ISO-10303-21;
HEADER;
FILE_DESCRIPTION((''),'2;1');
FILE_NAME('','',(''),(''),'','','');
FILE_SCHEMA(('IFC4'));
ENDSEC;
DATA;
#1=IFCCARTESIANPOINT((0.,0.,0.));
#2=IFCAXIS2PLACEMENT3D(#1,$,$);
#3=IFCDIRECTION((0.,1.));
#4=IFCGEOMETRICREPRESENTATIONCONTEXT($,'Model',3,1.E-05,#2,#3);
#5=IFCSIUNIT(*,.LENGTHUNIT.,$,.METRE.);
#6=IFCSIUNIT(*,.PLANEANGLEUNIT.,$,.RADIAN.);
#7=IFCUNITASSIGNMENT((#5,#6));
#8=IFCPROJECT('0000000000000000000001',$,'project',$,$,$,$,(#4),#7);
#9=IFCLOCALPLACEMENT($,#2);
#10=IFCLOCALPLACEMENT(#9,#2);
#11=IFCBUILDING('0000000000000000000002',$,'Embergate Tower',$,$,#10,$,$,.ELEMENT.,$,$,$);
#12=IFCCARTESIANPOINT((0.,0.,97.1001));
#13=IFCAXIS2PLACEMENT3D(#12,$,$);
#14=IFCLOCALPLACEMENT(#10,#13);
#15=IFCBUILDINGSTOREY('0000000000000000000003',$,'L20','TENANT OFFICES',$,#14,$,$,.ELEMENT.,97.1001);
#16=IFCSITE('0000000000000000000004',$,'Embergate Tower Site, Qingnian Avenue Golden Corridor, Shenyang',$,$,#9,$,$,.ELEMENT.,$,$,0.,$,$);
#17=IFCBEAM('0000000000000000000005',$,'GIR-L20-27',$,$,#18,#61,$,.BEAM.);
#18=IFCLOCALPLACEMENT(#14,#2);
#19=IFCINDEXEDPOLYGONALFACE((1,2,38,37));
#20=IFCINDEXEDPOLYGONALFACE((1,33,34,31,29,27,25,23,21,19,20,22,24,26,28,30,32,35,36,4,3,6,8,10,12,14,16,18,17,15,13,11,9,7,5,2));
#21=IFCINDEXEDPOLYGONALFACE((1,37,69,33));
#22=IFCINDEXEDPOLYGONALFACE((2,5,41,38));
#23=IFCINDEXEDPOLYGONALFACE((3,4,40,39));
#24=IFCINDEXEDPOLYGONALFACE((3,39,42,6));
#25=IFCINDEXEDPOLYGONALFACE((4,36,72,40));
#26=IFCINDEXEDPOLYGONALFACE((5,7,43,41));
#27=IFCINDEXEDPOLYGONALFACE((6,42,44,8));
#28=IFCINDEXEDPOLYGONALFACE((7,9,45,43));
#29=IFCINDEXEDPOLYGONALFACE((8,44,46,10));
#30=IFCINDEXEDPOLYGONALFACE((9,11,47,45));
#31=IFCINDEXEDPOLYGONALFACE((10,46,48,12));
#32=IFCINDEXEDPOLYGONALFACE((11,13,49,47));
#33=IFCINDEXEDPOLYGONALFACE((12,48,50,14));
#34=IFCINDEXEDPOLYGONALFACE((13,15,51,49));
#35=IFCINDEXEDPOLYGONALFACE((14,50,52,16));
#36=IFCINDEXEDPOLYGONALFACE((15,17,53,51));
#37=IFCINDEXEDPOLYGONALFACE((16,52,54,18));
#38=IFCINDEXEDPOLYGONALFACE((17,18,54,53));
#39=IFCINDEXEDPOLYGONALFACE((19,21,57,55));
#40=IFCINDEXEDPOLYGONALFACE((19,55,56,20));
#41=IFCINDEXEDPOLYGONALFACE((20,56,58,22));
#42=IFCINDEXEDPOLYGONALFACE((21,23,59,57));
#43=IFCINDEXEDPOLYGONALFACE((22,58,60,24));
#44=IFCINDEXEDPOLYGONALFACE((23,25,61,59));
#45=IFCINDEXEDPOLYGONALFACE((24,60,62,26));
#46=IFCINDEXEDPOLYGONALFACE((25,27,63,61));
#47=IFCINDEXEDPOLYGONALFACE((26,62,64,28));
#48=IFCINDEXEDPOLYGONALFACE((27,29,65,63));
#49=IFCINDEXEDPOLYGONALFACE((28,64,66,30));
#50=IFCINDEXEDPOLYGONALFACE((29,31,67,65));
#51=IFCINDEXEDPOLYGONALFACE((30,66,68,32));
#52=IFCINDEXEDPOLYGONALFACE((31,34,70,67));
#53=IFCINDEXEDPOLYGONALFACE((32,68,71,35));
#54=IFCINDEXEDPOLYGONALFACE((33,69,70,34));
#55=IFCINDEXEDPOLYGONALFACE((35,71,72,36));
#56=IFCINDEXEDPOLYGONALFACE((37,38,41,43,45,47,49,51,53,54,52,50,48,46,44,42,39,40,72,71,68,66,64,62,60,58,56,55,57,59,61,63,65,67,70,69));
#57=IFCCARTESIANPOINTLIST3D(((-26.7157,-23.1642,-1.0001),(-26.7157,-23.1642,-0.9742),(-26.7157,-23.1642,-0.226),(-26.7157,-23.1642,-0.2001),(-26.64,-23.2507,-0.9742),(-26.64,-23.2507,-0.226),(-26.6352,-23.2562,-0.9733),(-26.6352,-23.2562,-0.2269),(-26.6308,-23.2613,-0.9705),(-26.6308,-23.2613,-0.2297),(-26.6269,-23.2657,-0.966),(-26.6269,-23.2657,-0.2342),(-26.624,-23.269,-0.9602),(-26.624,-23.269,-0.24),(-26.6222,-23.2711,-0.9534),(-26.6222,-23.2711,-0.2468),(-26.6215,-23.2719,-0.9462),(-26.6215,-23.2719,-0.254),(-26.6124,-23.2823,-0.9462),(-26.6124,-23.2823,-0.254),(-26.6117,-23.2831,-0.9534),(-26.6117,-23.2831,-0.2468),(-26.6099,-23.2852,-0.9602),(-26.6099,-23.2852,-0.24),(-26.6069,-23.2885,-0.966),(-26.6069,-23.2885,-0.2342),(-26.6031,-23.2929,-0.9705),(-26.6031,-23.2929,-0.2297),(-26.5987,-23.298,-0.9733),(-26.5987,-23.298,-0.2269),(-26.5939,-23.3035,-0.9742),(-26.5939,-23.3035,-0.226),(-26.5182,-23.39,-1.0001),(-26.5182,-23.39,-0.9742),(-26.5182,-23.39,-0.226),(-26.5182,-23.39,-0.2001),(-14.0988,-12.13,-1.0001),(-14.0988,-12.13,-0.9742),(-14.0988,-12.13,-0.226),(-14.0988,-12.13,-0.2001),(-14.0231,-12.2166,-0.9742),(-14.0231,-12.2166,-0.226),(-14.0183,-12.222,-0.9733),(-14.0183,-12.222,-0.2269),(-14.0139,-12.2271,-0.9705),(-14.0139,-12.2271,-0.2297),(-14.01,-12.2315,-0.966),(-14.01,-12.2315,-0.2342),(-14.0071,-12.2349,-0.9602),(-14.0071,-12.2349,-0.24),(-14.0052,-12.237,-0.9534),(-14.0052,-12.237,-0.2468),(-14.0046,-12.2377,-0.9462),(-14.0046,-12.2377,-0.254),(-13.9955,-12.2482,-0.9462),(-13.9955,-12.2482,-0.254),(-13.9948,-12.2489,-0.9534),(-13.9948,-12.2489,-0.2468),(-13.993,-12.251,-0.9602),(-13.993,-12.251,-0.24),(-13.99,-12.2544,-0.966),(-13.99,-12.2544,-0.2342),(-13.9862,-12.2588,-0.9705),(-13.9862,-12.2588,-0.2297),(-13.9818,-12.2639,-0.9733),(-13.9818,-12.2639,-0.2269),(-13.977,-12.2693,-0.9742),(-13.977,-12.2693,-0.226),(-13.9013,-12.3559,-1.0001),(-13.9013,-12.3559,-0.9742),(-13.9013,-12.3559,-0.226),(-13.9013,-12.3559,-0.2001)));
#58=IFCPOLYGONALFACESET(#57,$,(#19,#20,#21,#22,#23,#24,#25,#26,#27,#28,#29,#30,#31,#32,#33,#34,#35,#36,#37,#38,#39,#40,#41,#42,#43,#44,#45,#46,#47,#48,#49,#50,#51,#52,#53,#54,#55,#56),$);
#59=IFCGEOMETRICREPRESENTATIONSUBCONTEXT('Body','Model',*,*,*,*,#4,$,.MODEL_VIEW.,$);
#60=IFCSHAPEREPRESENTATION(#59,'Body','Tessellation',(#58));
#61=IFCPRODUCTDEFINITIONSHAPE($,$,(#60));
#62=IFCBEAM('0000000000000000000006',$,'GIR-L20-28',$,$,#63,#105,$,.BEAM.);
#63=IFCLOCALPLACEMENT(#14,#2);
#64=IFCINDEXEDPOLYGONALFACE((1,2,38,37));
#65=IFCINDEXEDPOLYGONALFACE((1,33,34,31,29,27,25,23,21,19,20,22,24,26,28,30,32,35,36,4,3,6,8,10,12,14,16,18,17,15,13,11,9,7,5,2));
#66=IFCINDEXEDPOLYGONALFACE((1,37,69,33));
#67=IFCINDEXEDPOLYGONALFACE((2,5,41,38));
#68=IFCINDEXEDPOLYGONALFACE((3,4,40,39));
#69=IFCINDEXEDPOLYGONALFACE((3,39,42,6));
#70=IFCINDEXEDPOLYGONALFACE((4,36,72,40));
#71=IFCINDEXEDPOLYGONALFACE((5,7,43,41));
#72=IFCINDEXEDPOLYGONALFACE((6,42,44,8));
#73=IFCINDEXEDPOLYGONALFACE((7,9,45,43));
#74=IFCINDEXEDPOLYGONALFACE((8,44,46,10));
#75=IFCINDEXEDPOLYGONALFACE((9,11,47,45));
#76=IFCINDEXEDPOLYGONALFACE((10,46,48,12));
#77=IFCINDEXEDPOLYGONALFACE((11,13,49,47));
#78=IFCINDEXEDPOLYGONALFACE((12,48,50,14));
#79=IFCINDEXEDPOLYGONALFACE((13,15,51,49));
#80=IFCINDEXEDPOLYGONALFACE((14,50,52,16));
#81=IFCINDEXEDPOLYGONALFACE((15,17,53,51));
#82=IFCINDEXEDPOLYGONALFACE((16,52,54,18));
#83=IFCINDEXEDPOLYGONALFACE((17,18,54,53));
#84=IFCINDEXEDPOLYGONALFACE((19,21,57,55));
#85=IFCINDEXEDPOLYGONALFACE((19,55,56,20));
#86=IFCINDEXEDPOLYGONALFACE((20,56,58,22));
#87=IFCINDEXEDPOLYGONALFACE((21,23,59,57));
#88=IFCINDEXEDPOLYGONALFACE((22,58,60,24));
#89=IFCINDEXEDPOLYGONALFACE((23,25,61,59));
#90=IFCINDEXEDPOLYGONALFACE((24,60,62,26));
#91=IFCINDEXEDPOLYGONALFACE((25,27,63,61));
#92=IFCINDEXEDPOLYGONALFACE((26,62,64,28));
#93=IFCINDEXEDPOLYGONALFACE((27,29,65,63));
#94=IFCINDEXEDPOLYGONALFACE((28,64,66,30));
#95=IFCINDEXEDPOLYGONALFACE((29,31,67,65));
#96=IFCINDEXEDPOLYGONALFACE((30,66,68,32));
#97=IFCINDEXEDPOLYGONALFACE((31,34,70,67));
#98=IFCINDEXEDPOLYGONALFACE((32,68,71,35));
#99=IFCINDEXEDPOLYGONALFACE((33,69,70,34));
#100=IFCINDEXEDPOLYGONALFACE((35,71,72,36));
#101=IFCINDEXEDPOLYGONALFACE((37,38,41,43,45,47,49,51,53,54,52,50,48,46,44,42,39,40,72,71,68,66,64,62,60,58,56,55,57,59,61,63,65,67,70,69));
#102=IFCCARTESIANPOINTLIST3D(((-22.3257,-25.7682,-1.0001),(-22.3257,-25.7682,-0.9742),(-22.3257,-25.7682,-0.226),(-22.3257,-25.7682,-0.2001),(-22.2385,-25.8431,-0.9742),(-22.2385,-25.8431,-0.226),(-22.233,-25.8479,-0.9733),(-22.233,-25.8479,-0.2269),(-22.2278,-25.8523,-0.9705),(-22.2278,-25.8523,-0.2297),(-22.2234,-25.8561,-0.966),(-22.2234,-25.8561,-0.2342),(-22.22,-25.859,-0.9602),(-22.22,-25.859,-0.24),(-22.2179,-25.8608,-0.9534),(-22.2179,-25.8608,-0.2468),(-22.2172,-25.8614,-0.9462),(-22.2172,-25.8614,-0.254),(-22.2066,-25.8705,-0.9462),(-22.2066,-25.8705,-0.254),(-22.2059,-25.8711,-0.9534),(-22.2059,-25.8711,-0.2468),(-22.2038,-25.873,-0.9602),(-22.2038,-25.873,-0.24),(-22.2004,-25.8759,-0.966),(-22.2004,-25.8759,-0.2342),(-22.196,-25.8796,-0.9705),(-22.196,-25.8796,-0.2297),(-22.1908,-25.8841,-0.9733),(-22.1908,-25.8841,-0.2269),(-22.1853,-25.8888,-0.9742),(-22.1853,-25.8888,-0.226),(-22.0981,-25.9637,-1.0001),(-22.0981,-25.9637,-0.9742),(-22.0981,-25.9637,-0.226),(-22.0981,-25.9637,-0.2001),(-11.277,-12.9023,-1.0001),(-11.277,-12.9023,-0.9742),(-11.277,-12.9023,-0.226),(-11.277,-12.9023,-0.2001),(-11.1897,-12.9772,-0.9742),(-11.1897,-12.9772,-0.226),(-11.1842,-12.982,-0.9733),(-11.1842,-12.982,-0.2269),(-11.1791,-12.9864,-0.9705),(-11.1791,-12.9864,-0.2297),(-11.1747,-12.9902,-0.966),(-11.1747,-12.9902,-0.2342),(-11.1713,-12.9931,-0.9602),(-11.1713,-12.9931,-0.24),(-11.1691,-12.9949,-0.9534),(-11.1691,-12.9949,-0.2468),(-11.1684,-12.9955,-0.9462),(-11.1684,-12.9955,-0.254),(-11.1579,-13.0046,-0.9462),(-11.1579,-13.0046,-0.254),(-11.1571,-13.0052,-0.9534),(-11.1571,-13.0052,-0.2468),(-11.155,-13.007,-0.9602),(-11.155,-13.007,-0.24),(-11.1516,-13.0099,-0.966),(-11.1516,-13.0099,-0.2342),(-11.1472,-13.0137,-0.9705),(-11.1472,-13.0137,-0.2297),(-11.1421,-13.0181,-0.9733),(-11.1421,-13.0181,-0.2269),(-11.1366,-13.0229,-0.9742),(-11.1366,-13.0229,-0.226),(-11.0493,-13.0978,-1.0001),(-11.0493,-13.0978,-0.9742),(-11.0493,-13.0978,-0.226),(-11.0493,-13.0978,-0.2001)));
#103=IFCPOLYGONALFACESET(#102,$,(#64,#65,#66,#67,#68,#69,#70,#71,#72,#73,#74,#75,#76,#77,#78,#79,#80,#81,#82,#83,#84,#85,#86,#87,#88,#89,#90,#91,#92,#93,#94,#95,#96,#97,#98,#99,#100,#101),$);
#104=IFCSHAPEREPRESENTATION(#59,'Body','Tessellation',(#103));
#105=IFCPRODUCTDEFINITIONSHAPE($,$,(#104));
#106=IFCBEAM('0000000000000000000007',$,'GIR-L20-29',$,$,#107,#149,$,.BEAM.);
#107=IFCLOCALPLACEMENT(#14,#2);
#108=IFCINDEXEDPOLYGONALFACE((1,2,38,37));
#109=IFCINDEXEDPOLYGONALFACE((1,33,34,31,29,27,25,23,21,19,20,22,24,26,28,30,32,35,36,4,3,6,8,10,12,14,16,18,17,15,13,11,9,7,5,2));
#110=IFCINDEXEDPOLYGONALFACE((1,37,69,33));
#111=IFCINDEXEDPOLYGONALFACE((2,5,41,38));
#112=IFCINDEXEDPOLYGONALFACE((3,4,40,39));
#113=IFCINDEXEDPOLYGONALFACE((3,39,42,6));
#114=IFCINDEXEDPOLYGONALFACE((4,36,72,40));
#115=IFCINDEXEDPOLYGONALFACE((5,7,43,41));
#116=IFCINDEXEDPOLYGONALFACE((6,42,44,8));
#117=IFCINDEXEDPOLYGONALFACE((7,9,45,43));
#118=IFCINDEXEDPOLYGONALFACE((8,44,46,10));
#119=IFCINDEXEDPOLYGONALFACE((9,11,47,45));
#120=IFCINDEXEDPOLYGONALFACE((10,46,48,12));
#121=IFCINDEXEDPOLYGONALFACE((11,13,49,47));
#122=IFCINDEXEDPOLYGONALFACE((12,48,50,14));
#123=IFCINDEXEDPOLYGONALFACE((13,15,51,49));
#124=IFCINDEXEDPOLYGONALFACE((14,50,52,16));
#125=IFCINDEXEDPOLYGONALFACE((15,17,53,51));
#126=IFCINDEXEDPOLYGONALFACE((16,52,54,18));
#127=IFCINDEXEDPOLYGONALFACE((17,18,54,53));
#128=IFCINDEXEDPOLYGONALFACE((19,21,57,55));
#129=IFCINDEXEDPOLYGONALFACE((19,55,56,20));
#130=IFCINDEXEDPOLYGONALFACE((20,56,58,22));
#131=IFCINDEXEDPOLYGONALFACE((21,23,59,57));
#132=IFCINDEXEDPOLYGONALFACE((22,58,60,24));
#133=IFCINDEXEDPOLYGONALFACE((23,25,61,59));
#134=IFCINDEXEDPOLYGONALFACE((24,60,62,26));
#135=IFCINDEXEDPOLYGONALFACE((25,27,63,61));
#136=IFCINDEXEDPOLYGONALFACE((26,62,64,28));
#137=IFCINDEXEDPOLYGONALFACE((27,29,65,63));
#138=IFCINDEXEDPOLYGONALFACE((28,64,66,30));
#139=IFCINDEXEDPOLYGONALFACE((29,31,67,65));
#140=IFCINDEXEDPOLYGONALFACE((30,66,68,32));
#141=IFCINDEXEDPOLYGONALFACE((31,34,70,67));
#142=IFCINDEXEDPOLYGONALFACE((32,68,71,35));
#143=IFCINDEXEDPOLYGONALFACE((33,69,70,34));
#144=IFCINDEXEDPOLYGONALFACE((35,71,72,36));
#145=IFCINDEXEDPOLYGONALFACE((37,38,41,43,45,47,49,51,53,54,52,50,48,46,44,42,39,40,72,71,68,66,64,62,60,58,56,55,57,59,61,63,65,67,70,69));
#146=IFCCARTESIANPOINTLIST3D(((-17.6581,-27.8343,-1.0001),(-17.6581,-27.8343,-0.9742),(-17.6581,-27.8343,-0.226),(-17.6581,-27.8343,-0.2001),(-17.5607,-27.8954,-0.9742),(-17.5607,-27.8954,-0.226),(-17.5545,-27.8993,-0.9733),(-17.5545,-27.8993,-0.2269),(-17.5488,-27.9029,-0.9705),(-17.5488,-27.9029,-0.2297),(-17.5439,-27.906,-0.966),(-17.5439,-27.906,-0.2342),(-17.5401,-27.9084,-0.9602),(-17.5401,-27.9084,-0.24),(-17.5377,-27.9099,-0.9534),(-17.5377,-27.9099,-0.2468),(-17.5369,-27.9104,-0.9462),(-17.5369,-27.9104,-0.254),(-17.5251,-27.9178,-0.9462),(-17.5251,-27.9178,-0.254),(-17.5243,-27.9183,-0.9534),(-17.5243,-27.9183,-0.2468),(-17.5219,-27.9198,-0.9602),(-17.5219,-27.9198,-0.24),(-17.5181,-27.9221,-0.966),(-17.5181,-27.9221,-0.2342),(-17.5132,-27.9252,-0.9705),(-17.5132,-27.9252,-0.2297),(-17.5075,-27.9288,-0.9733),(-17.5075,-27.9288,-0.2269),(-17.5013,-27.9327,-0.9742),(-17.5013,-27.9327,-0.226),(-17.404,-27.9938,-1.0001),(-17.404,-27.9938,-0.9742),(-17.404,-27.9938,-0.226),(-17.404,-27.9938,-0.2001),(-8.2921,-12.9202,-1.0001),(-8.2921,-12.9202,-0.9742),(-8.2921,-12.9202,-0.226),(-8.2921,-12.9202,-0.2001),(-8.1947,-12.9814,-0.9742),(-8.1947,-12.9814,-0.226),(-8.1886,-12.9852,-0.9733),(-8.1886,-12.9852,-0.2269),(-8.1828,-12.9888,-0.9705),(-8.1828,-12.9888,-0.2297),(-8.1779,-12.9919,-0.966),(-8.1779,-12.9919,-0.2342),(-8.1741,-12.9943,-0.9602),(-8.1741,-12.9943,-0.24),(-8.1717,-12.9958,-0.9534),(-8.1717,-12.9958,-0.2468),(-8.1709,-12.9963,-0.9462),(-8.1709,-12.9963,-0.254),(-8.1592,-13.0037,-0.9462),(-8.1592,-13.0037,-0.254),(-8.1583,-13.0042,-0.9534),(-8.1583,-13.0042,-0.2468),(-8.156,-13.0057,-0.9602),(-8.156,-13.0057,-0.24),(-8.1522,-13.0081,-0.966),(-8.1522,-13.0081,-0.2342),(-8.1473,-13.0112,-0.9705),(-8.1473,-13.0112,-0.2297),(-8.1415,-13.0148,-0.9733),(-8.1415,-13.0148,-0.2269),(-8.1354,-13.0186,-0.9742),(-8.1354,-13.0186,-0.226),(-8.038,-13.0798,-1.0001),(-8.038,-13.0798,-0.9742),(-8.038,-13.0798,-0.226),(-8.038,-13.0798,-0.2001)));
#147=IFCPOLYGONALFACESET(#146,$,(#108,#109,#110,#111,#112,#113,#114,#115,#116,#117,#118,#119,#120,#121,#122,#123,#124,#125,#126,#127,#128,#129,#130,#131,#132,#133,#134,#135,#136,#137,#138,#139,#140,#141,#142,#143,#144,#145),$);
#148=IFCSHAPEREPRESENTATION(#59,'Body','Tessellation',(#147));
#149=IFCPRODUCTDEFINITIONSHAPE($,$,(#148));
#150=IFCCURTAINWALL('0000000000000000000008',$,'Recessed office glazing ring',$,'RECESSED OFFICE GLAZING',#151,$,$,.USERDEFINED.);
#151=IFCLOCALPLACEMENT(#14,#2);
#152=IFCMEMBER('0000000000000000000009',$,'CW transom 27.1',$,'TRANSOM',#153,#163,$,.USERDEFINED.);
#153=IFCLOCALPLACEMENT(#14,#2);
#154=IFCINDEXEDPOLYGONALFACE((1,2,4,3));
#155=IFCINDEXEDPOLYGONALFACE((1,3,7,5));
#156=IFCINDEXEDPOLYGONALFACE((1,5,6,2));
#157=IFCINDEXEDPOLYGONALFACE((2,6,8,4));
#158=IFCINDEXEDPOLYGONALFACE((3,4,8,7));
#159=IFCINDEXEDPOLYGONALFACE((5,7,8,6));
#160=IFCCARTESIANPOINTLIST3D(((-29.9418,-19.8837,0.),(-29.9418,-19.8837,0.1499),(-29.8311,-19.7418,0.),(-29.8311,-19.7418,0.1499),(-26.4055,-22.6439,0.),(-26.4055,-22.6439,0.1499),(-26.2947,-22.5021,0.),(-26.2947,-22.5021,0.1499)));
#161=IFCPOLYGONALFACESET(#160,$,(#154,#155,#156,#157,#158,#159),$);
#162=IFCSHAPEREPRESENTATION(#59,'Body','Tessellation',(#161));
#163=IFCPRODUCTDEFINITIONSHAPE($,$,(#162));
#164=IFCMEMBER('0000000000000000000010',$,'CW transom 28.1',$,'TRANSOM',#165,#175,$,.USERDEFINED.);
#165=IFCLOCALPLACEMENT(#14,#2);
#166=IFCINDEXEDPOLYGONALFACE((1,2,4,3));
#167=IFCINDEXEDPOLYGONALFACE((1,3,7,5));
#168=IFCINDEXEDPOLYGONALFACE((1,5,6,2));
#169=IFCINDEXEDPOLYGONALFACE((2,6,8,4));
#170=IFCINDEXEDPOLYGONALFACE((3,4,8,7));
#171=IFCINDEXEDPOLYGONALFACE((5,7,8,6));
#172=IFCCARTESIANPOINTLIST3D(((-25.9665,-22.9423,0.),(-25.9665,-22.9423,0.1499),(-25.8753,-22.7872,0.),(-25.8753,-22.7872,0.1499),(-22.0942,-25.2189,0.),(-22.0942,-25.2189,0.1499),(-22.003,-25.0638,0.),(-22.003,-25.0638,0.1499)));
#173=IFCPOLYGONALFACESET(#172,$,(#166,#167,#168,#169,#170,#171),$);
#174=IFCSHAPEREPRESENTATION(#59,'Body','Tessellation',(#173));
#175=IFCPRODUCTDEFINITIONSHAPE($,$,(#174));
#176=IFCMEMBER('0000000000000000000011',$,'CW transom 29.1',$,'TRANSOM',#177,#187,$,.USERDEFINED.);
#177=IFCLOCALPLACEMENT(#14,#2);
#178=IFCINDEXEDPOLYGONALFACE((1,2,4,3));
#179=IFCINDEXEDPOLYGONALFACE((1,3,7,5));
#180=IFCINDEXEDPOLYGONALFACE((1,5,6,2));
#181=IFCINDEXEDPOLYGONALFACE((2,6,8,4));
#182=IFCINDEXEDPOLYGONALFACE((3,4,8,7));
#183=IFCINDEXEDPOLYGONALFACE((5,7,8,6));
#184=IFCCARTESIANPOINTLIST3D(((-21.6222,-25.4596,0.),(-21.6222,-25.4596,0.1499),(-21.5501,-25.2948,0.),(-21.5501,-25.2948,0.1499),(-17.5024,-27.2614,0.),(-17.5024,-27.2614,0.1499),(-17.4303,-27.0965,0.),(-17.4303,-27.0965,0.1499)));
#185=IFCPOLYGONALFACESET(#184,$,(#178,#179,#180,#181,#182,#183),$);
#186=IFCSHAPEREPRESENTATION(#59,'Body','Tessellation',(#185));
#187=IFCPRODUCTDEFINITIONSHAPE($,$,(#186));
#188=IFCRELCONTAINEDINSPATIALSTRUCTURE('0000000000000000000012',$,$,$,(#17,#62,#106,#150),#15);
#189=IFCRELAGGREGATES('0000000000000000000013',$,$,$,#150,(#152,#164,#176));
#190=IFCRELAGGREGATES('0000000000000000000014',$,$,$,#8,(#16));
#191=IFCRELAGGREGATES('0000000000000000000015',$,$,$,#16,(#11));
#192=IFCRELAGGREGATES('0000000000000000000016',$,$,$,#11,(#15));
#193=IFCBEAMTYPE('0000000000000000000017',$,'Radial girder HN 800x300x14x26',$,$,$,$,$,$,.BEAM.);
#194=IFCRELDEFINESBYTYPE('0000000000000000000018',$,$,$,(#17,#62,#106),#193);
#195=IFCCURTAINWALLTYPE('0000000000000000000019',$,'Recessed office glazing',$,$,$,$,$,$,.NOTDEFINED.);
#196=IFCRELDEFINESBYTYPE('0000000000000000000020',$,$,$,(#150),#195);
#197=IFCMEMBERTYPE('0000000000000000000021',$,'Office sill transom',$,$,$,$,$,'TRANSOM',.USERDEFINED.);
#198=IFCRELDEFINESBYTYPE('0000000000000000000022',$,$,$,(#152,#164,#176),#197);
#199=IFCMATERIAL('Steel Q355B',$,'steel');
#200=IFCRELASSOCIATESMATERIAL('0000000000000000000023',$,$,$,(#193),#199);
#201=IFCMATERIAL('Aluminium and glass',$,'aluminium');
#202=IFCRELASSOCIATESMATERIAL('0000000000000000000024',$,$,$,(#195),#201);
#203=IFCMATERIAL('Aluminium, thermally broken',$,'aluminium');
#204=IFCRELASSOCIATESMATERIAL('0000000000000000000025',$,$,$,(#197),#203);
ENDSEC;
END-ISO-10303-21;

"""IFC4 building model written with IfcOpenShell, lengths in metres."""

from ifc_helpers import new_model, si_unit, direction, frame, origin, origin_2d, place, context, subcontext, project, spatial, rectangle, i_section, extrude, source, transform, mapped, material, material_profile, profile_set, type_object, element, aggregate, save


model = new_model("IFC4")

# Units and contexts
model_context = context("Model", 3, precision=1e-05, world=origin(), true_north=direction((0.0, 1.0)))
body_context = subcontext(model_context, "Body", "Model", "MODEL_VIEW")
ifc_project = project(units=[si_unit("LENGTHUNIT", "METRE"), si_unit("PLANEANGLEUNIT", "RADIAN")], contexts=[model_context])

# Site, building, storey
site_placement = place(None, origin())
site = spatial("IfcSite", under=ifc_project, at=site_placement, Name="Embergate Tower Site, Qingnian Avenue Golden Corridor, Shenyang", CompositionType="ELEMENT", RefElevation=0.0)
building_placement = place(site_placement, origin())
building = spatial("IfcBuilding", under=site, at=building_placement, Name="Embergate Tower", CompositionType="ELEMENT")
storey_placement = place(building_placement, frame((0.0, 0.0, 97.1001)))
storey = spatial("IfcBuildingStorey", under=building, at=storey_placement, Name="L20", Description="TENANT OFFICES", CompositionType="ELEMENT", Elevation=97.1001)

# Beams
ifc_material_1 = material(Name="Steel Q355B", Category="steel")
ifc_material_profile_1 = material_profile(ifc_material_1, i_section(OverallWidth=0.3, OverallDepth=0.8, WebThickness=0.0139, FlangeThickness=0.0259, FilletRadius=0.0281, at=origin_2d()), Name="HN 800x300x14x26")
ifc_profile_set_1 = profile_set([ifc_material_profile_1], Name="Steel Q355 grade B")
beam_type_1 = type_object("IfcBeamType", Name="Radial girder HN 800x300x14x26", PredefinedType="BEAM", material=ifc_profile_set_1)
shared_shape_1 = source(origin(), body_context, "Body", "SweptSolid", [
    extrude(i_section(OverallWidth=0.3, OverallDepth=0.8, WebThickness=0.0139, FlangeThickness=0.0259, FilletRadius=0.0281, at=origin_2d()), origin(), (0.0, 0.0, 1.0), 16.7612),
])
beam_1_placement = place(storey_placement, frame((-26.6169, -23.2771, -0.6001), z_axis=(0.752744, 0.658314, 0.0), x_axis=(-0.658314, 0.752744, 0.0)))
element("IfcBeam", 1, at=beam_1_placement, inside=storey, type_object=beam_type_1, Name="GIR-L20-27", PredefinedType="BEAM", context=body_context, shape_type="MappedRepresentation", body=[
    mapped(shared_shape_1, transform((0.0, 0.0, 0.0))),
])
shared_shape_2 = source(origin(), body_context, "Body", "SweptSolid", [
    extrude(i_section(OverallWidth=0.3, OverallDepth=0.8, WebThickness=0.0139, FlangeThickness=0.0259, FilletRadius=0.0281, at=origin_2d()), origin(), (0.0, 0.0, 1.0), 16.959),
])
beam_2_placement = place(storey_placement, frame((-22.2119, -25.866, -0.6001), z_axis=(0.6515, 0.758649, 0.0), x_axis=(-0.758649, 0.6515, 0.0)))
element("IfcBeam", 2, at=beam_2_placement, inside=storey, type_object=beam_type_1, Name="GIR-L20-28", PredefinedType="BEAM", context=body_context, shape_type="MappedRepresentation", body=[
    mapped(shared_shape_2, transform((0.0, 0.0, 0.0))),
])
shared_shape_3 = source(origin(), body_context, "Body", "SweptSolid", [
    extrude(i_section(OverallWidth=0.3, OverallDepth=0.8, WebThickness=0.0139, FlangeThickness=0.0259, FilletRadius=0.0281, at=origin_2d()), origin(), (0.0, 0.0, 1.0), 17.6111),
])
beam_3_placement = place(storey_placement, frame((-17.531, -27.9141, -0.6001), z_axis=(0.531822, 0.846856, 0.0), x_axis=(-0.846856, 0.531822, 0.0)))
element("IfcBeam", 3, at=beam_3_placement, inside=storey, type_object=beam_type_1, Name="GIR-L20-29", PredefinedType="BEAM", context=body_context, shape_type="MappedRepresentation", body=[
    mapped(shared_shape_3, transform((0.0, 0.0, 0.0))),
])

# Curtain wall, members
ifc_material_2 = material(Name="Aluminium and glass", Category="aluminium")
curtain_wall_type = type_object("IfcCurtainWallType", Name="Recessed office glazing", PredefinedType="NOTDEFINED", material=ifc_material_2)
curtain_wall_placement = place(storey_placement, origin())
curtain_wall = element("IfcCurtainWall", 4, at=curtain_wall_placement, inside=storey, type_object=curtain_wall_type, Name="Recessed office glazing ring", ObjectType="RECESSED OFFICE GLAZING", PredefinedType="USERDEFINED")
ifc_material_3 = material(Name="Aluminium, thermally broken", Category="aluminium")
ifc_material_profile_2 = material_profile(ifc_material_3, rectangle(XDim=0.1799, YDim=0.1499, at=origin_2d()), Name="AL 150x180")
ifc_profile_set_2 = profile_set([ifc_material_profile_2], Name="Aluminium, thermally broken")
member_type_1 = type_object("IfcMemberType", Name="Office sill transom", ElementType="TRANSOM", PredefinedType="USERDEFINED", material=ifc_profile_set_2)
shared_shape_4 = source(origin(), body_context, "Body", "SweptSolid", [
    extrude(rectangle(XDim=0.1799, YDim=0.1499, at=origin_2d()), origin(), (0.0, 0.0, 1.0), 4.4861),
])
member_1_placement = place(storey_placement, frame((-29.8865, -19.8127, 0.075), z_axis=(0.788299, -0.615292, 0.0), x_axis=(0.615292, 0.788299, 0.0)))
member_1 = element("IfcMember", 5, at=member_1_placement, type_object=member_type_1, Name="CW transom 27.1", ObjectType="TRANSOM", PredefinedType="USERDEFINED", context=body_context, shape_type="MappedRepresentation", body=[
    mapped(shared_shape_4, transform((0.0, 0.0, 0.0))),
])
shared_shape_5 = source(origin(), body_context, "Body", "SweptSolid", [
    extrude(rectangle(XDim=0.1799, YDim=0.1499, at=origin_2d()), origin(), (0.0, 0.0, 1.0), 4.4919),
])
member_2_placement = place(storey_placement, frame((-25.9209, -22.8647, 0.075), z_axis=(0.862053, -0.506818, 0.0), x_axis=(0.506818, 0.862053, 0.0)))
member_2 = element("IfcMember", 6, at=member_2_placement, type_object=member_type_1, Name="CW transom 28.1", ObjectType="TRANSOM", PredefinedType="USERDEFINED", context=body_context, shape_type="MappedRepresentation", body=[
    mapped(shared_shape_5, transform((0.0, 0.0, 0.0))),
])
shared_shape_6 = source(origin(), body_context, "Body", "SweptSolid", [
    extrude(rectangle(XDim=0.1799, YDim=0.1499, at=origin_2d()), origin(), (0.0, 0.0, 1.0), 4.4966),
])
member_3_placement = place(storey_placement, frame((-21.5862, -25.3772, 0.075), z_axis=(0.916213, -0.400691, 0.0), x_axis=(0.400691, 0.916213, 0.0)))
member_3 = element("IfcMember", 7, at=member_3_placement, type_object=member_type_1, Name="CW transom 29.1", ObjectType="TRANSOM", PredefinedType="USERDEFINED", context=body_context, shape_type="MappedRepresentation", body=[
    mapped(shared_shape_6, transform((0.0, 0.0, 0.0))),
])
aggregate(curtain_wall, [member_1, member_2, member_3])

save(model, "model.ifc")
